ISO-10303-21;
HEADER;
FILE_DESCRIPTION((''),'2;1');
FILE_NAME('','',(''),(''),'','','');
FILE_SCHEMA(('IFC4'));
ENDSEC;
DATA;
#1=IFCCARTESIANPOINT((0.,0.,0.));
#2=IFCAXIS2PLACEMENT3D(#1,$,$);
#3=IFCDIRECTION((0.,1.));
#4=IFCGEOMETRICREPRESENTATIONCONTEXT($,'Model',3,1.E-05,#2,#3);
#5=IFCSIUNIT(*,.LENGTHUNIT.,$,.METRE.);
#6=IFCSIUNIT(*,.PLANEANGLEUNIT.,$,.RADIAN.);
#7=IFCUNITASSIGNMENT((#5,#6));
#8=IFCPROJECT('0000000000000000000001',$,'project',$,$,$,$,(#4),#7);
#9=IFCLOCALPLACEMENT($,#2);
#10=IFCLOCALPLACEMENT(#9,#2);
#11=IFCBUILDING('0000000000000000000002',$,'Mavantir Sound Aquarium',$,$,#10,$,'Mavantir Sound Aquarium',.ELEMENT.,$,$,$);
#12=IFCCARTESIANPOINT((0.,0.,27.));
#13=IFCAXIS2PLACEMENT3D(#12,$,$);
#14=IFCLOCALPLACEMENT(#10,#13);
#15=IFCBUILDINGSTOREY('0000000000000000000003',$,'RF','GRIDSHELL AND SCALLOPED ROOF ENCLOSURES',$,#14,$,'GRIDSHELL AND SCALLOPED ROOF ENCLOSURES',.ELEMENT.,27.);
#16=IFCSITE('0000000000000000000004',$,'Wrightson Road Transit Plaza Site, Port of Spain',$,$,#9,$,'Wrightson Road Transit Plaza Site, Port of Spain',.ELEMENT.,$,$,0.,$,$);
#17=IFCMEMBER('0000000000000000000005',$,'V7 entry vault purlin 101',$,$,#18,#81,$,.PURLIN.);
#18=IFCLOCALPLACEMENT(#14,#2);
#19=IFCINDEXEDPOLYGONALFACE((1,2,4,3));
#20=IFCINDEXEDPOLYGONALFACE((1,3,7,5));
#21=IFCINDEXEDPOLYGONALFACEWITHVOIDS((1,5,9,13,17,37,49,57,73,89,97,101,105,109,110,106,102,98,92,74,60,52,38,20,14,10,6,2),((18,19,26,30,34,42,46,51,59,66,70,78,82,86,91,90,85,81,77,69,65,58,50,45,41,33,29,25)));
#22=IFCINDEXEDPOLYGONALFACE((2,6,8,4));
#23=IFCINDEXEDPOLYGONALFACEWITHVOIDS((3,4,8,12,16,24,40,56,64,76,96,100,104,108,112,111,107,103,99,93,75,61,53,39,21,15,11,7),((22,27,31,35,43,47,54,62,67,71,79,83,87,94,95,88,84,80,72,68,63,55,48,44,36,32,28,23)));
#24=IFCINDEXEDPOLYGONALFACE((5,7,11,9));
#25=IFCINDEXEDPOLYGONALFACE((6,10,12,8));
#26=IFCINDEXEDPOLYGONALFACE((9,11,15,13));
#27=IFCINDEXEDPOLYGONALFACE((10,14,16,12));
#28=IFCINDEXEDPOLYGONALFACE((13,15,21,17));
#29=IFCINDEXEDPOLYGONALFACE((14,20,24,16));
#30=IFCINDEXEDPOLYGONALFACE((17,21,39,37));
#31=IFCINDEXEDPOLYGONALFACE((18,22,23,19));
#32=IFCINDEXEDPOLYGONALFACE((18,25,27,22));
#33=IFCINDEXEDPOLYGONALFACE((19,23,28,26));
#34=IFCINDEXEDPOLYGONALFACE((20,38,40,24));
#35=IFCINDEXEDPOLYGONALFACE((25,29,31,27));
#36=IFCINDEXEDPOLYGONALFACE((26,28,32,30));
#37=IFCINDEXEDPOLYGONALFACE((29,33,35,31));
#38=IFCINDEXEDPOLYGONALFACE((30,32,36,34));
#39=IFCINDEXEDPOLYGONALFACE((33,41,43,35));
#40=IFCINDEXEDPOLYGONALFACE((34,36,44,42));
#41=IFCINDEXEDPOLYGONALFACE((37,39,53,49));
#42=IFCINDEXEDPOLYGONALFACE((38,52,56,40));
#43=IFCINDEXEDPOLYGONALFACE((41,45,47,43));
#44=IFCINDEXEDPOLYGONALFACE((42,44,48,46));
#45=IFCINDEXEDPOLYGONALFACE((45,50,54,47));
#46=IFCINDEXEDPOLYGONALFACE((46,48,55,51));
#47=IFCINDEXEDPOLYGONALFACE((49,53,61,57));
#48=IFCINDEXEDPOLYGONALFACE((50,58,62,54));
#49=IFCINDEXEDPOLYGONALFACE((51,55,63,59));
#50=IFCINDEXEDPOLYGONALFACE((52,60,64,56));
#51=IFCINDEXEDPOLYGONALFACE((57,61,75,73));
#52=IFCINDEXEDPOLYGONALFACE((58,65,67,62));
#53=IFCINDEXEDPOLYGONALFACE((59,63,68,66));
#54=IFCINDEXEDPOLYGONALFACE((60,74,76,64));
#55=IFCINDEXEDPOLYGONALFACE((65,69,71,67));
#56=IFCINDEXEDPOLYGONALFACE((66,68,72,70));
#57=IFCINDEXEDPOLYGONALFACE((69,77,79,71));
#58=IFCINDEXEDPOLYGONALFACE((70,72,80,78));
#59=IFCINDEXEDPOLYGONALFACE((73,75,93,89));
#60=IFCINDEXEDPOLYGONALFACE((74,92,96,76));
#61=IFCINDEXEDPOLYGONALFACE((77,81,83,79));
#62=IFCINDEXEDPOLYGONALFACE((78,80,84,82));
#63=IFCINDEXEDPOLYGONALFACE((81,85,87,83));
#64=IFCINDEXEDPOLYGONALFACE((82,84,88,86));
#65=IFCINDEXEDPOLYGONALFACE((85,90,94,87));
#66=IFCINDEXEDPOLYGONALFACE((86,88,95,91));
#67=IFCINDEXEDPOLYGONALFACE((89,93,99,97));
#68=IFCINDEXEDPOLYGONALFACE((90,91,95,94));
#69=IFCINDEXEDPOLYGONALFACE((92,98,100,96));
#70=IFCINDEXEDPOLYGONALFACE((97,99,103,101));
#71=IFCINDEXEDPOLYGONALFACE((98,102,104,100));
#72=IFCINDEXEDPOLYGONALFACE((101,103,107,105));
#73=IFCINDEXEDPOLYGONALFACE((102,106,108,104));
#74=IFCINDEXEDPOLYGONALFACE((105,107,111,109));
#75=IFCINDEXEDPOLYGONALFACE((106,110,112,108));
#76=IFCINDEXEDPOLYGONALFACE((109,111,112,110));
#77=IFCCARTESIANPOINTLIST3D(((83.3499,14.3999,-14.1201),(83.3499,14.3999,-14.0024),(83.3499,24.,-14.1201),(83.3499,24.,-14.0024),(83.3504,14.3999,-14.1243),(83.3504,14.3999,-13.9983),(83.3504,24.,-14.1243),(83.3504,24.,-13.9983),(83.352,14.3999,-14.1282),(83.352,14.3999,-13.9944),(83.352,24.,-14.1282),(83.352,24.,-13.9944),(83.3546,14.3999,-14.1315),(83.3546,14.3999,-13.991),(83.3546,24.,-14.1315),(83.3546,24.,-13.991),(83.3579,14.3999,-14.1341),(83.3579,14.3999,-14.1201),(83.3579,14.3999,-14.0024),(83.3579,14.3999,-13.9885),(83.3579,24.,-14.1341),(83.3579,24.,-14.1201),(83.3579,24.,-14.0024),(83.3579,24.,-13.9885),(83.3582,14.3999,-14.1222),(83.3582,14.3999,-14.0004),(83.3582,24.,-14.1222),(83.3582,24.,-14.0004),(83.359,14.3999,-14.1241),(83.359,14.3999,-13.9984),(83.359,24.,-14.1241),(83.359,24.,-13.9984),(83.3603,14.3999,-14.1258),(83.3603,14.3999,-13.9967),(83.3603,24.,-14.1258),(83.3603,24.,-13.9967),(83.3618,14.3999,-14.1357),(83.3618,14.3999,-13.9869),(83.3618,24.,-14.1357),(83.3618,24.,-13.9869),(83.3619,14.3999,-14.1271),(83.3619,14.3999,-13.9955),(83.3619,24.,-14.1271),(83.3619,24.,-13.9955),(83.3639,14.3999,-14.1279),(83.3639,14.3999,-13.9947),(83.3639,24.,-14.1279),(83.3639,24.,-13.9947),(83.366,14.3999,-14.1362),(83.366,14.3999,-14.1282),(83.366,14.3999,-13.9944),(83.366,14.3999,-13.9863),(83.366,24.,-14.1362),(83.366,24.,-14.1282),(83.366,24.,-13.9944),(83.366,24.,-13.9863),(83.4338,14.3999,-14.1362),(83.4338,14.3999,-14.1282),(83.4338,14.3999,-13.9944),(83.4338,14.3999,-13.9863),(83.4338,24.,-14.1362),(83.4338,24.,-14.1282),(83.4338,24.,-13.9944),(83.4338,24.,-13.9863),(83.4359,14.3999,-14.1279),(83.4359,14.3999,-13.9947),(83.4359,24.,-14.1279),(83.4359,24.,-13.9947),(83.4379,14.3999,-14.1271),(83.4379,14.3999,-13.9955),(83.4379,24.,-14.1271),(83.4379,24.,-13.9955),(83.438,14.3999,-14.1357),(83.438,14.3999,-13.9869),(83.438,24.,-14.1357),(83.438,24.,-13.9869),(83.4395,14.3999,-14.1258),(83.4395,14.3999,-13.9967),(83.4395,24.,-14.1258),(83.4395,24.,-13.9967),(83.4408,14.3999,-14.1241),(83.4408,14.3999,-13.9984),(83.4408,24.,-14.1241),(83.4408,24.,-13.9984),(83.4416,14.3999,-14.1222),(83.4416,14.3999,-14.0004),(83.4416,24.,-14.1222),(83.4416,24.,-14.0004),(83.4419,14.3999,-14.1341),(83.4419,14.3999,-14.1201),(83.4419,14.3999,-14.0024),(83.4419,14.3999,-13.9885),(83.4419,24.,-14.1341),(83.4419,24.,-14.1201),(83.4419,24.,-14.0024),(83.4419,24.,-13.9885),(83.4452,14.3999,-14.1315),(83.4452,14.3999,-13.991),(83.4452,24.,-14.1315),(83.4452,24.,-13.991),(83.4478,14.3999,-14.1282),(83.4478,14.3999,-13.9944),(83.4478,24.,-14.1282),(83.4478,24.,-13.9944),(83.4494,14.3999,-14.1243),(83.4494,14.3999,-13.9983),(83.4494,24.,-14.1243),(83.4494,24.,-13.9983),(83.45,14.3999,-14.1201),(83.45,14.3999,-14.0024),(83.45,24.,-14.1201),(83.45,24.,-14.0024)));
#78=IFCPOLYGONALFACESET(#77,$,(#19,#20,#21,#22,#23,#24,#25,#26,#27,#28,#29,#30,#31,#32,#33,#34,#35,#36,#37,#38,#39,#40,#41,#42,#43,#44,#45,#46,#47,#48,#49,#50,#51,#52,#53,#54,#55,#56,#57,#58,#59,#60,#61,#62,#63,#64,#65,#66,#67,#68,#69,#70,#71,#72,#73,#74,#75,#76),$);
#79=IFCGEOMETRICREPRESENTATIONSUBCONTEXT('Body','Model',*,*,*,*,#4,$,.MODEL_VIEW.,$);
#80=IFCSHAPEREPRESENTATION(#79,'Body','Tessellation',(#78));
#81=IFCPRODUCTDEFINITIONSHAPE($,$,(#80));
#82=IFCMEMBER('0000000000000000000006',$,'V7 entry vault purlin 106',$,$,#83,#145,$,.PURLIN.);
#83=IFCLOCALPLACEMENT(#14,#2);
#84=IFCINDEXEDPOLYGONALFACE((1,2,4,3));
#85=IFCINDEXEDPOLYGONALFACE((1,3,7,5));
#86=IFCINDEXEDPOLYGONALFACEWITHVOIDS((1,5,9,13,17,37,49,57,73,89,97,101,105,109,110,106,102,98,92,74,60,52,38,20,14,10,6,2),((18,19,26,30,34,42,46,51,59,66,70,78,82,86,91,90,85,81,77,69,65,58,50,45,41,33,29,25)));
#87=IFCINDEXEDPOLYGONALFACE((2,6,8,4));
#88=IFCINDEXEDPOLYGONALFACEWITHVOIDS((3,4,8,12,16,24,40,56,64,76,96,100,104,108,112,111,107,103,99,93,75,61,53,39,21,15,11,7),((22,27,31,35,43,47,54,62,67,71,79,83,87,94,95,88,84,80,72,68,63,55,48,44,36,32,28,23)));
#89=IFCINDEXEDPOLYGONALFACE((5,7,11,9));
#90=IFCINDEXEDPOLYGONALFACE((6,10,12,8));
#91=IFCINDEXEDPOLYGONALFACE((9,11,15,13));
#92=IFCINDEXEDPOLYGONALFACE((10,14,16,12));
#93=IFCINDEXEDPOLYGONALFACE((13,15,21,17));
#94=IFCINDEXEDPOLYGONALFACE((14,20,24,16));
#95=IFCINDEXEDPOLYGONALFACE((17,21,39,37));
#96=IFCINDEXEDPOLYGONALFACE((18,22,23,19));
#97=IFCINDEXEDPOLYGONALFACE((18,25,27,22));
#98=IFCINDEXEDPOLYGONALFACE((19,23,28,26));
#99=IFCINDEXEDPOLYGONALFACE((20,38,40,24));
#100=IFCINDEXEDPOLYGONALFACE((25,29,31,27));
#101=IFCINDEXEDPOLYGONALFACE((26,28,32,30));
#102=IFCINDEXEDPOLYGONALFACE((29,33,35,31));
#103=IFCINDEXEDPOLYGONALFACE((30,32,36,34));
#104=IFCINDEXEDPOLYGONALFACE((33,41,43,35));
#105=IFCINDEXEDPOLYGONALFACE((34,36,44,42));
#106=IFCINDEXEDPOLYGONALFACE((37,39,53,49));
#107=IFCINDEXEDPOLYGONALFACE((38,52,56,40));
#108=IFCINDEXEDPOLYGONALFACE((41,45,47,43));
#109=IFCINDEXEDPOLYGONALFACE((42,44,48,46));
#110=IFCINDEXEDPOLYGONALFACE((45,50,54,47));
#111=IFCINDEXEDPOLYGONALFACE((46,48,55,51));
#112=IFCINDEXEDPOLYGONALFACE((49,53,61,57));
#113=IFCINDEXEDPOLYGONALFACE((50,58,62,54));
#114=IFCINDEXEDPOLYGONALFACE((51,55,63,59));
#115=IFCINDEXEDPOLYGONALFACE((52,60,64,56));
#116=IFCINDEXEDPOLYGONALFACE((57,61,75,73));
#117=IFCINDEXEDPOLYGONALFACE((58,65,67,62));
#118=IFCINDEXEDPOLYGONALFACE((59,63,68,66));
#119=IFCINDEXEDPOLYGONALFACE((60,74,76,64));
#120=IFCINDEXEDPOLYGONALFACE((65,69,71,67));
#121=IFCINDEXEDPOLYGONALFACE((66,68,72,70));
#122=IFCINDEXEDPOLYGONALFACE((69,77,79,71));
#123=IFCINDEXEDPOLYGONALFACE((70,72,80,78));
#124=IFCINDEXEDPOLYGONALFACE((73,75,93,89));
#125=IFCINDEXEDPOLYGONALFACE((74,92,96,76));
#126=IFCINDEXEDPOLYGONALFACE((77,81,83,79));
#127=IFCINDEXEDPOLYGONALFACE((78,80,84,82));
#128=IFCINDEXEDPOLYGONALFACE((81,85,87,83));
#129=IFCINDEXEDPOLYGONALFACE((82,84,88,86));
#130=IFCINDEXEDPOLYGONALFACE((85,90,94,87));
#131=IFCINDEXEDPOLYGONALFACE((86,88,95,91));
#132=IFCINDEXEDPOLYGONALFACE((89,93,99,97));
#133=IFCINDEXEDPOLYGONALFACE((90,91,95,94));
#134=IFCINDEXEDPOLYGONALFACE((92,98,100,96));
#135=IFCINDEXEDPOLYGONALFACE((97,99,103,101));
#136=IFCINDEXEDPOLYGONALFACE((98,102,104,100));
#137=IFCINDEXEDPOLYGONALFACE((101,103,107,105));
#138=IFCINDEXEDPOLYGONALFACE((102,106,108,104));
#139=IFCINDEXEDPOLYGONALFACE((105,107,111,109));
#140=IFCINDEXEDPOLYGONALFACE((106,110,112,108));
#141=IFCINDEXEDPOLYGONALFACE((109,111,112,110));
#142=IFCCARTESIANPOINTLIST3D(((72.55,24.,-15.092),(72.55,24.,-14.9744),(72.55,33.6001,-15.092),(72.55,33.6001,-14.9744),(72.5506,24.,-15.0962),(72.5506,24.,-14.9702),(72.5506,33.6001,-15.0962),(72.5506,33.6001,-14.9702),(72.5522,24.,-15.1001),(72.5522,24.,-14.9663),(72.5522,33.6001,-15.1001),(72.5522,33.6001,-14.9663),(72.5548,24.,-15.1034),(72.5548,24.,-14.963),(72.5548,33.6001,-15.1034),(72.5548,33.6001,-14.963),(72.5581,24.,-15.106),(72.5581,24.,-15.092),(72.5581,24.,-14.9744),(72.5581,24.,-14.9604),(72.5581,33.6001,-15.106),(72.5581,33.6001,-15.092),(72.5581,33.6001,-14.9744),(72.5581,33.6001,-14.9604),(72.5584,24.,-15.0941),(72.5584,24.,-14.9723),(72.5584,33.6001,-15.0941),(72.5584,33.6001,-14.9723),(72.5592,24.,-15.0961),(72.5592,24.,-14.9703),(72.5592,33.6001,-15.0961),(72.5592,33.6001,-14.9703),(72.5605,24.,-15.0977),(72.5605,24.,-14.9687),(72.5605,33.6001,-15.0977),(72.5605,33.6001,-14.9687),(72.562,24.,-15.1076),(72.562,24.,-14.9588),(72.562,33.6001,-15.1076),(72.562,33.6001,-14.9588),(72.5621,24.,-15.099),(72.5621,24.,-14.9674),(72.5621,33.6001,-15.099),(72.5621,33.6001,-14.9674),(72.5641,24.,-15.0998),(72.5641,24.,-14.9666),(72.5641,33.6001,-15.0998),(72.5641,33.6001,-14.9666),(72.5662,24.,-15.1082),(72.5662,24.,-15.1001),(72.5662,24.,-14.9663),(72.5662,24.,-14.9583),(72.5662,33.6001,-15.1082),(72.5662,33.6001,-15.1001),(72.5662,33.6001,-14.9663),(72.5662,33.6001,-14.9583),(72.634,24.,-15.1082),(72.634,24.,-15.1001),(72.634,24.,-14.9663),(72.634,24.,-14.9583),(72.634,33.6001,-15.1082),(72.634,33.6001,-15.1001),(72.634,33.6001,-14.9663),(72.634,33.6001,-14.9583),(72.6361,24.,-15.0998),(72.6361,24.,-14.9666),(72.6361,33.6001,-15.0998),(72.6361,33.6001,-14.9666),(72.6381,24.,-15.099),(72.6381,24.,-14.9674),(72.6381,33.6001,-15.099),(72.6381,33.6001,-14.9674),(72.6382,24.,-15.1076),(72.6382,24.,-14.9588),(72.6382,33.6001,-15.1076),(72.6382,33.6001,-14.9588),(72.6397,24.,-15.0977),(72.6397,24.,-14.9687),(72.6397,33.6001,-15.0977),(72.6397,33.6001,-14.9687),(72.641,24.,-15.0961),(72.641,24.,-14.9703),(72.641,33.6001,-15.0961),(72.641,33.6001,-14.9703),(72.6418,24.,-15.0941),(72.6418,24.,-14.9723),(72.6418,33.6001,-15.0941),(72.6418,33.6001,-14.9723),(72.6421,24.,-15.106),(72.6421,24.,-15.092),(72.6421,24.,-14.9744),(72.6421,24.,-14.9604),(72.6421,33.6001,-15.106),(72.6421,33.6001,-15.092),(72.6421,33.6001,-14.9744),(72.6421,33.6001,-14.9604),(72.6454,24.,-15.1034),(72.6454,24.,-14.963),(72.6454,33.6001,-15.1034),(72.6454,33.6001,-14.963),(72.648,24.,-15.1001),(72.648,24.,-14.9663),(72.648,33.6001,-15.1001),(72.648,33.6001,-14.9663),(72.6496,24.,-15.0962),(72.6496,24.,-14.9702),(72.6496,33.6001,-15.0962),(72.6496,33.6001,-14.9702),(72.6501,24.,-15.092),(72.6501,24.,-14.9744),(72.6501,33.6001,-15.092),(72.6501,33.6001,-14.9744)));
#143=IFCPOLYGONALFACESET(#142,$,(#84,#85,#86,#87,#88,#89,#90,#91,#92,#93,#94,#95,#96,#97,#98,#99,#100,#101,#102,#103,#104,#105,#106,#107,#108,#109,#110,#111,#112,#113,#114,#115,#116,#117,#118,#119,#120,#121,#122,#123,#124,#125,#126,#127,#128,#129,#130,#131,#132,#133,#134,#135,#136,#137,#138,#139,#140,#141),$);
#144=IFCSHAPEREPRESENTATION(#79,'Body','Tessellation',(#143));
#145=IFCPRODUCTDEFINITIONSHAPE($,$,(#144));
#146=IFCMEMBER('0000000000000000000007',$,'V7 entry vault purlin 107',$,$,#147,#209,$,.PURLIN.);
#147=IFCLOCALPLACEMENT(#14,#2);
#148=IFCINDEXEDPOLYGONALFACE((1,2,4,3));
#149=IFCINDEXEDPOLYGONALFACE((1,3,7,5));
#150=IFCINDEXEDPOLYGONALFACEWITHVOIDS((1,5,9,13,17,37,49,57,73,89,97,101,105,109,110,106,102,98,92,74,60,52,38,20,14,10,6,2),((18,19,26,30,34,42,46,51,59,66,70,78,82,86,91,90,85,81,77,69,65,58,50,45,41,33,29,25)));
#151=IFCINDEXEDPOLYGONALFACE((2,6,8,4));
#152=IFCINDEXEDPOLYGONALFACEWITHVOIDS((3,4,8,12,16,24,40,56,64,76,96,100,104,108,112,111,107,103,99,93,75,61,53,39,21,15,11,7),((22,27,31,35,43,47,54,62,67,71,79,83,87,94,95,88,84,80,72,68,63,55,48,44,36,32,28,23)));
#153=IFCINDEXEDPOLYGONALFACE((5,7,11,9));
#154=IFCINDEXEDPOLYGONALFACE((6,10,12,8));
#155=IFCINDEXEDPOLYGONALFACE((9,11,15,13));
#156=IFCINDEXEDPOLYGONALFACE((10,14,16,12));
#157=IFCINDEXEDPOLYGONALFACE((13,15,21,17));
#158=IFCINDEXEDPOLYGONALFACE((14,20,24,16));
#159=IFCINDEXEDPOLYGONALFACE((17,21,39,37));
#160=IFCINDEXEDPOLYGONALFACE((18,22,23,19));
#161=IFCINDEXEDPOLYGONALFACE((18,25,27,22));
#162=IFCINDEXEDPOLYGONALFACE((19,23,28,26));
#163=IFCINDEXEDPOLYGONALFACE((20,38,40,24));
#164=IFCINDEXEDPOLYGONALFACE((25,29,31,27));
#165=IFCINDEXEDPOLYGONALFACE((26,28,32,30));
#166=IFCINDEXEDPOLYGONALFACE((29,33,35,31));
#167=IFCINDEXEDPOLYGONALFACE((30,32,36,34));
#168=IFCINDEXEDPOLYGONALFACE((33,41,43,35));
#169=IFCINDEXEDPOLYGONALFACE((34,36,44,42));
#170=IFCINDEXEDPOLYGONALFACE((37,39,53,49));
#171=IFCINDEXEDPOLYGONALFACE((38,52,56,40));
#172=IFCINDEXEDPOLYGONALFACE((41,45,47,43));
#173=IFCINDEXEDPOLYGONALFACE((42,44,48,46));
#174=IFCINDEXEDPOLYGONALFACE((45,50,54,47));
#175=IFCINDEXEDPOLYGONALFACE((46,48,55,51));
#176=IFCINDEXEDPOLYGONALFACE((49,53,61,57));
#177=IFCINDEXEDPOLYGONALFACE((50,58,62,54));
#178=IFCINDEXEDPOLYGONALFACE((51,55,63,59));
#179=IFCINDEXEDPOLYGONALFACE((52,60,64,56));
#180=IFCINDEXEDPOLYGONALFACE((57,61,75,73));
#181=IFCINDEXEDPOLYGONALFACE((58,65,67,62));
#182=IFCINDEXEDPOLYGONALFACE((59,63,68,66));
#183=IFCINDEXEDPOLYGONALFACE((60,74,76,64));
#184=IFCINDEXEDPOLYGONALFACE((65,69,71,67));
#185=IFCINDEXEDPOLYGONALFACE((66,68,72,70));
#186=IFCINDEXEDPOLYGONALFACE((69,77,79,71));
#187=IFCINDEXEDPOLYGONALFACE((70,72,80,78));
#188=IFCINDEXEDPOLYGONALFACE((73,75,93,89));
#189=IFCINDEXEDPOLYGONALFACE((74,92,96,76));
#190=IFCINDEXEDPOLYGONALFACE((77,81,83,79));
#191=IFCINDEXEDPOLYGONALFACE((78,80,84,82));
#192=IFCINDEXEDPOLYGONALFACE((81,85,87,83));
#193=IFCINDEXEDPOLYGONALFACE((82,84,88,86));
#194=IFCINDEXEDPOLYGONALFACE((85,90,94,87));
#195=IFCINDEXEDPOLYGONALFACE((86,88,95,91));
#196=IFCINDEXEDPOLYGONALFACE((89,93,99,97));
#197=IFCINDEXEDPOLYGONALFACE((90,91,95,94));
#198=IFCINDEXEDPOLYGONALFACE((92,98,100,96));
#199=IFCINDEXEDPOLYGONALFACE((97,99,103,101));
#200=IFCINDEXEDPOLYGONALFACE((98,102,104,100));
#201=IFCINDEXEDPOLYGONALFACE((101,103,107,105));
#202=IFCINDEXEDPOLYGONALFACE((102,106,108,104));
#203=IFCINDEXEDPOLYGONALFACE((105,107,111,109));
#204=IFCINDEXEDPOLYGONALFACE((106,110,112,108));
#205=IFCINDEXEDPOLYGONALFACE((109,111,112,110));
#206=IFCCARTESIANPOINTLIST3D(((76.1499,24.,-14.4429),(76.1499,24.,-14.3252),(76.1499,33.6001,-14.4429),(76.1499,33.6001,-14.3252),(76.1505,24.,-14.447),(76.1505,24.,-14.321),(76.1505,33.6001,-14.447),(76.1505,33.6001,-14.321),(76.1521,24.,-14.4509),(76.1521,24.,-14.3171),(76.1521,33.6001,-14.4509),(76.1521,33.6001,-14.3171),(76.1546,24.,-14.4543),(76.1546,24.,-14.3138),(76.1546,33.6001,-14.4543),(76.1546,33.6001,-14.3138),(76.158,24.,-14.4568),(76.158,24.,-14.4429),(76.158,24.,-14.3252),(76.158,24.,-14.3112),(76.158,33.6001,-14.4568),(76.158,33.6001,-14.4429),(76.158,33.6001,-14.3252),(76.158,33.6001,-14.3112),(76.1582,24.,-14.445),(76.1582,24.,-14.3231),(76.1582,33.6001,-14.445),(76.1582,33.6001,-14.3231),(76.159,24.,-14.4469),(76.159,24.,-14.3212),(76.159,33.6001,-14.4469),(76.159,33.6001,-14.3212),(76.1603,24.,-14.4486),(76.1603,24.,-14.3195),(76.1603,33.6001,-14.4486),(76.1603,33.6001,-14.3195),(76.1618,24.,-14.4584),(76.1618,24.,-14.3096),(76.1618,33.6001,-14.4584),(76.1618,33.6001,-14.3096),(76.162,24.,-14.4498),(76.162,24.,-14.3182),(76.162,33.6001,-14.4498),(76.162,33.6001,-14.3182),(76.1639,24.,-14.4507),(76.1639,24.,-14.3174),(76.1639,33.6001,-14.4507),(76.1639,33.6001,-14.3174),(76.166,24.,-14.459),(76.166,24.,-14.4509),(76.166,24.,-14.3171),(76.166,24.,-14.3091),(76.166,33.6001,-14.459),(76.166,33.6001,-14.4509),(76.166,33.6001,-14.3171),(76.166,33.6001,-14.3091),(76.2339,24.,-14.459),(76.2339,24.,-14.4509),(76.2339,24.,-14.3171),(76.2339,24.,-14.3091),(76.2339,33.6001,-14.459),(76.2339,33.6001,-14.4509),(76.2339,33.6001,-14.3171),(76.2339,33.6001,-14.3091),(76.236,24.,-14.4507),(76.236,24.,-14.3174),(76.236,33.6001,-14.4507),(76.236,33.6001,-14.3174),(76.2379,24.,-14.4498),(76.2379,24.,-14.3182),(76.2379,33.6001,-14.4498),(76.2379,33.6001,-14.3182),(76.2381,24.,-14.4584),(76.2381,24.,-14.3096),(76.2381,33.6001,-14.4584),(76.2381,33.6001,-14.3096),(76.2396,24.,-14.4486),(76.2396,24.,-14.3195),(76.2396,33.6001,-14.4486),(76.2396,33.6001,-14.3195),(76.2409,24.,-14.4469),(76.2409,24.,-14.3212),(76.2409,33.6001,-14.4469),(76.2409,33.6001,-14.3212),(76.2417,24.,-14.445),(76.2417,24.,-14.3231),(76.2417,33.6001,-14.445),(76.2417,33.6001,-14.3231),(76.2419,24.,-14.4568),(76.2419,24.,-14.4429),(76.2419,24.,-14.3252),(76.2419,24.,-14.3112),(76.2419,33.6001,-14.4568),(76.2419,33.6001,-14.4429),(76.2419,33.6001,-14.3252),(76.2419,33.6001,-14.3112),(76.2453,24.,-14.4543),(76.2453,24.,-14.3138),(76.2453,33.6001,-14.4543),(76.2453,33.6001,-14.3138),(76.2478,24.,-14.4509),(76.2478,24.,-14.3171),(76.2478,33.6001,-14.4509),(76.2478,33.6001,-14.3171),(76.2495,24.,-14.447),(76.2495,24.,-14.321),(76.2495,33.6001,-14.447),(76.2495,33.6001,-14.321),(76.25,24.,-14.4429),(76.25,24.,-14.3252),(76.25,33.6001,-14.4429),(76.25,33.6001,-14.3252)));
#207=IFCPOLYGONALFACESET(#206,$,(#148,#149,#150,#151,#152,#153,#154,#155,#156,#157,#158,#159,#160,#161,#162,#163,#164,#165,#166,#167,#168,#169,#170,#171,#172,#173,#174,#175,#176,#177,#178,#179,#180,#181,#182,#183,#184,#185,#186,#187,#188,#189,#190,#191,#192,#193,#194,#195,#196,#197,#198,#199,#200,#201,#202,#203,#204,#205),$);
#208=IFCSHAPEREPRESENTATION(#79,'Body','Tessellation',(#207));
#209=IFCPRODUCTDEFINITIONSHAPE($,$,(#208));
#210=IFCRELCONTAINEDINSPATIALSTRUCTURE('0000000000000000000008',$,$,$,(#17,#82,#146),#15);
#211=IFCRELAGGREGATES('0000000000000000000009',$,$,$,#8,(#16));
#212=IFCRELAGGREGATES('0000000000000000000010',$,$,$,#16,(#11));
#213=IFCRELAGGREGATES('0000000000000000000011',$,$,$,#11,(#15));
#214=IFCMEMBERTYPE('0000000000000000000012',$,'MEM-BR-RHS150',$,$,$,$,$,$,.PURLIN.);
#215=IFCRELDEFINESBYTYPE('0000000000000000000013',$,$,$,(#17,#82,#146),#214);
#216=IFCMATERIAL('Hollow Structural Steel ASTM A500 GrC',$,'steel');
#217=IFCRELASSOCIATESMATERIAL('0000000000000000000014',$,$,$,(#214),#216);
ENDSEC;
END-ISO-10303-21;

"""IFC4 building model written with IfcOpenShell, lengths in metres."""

from ifc_helpers import new_model, si_unit, direction, frame, origin, origin_2d, place, context, subcontext, project, spatial, hollow_rectangle, extrude, material, material_profile, profile_set, type_object, element, save


model = new_model("IFC4")

# Units and contexts
model_context = context("Model", 3, precision=1e-05, world=origin(), true_north=direction((0.0, 1.0)))
body_context = subcontext(model_context, "Body", "Model", "MODEL_VIEW")
ifc_project = project(units=[si_unit("LENGTHUNIT", "METRE"), si_unit("PLANEANGLEUNIT", "RADIAN")], contexts=[model_context])

# Site, building, storey
site_placement = place(None, origin())
site = spatial("IfcSite", under=ifc_project, at=site_placement, Name="Wrightson Road Transit Plaza Site, Port of Spain", LongName="Wrightson Road Transit Plaza Site, Port of Spain", CompositionType="ELEMENT", RefElevation=0.0)
building_placement = place(site_placement, origin())
building = spatial("IfcBuilding", under=site, at=building_placement, Name="Mavantir Sound Aquarium", LongName="Mavantir Sound Aquarium", CompositionType="ELEMENT")
storey_placement = place(building_placement, frame((0.0, 0.0, 27.0)))
storey = spatial("IfcBuildingStorey", under=building, at=storey_placement, Name="RF", Description="GRIDSHELL AND SCALLOPED ROOF ENCLOSURES", LongName="GRIDSHELL AND SCALLOPED ROOF ENCLOSURES", CompositionType="ELEMENT", Elevation=27.0)

# Members
ifc_material_1 = material(Name="Hollow Structural Steel ASTM A500 GrC", Category="steel")
ifc_material_profile_1 = material_profile(ifc_material_1, hollow_rectangle(XDim=0.1001, YDim=0.1499, WallThickness=0.0081, InnerFilletRadius=0.0081, OuterFilletRadius=0.0161, at=origin_2d()), Name="RHS 150X100X8")
ifc_profile_set_1 = profile_set([ifc_material_profile_1], Name="Hollow Structural Steel ASTM A500 GrC")
member_type_1 = type_object("IfcMemberType", Name="MEM-BR-RHS150", PredefinedType="PURLIN", material=ifc_profile_set_1)
for number, where, z_axis, x_axis, name in (
    (1, (83.3999, 14.3999, -14.0613), (0.0, 1.0, 0.0), (-1.0, 0.0, 0.0), "V7 entry vault purlin 101"),
    (2, (72.6001, 24.0, -15.0332), (0.0, 1.0, 0.0), (-1.0, 0.0, 0.0), "V7 entry vault purlin 106"),
    (3, (76.2, 24.0, -14.384), (0.0, 1.0, 0.0), (-1.0, 0.0, 0.0), "V7 entry vault purlin 107"),
):
    element("IfcMember", number, at=place(storey_placement, frame(where, z_axis=z_axis, x_axis=x_axis)), inside=storey, type_object=member_type_1, Name=name, PredefinedType="PURLIN", context=body_context, shape_type="SweptSolid", body=[
        extrude(hollow_rectangle(XDim=0.1001, YDim=0.1499, WallThickness=0.0081, InnerFilletRadius=0.0081, OuterFilletRadius=0.0161, at=origin_2d()), origin(), (0.0, 0.0, 1.0), 9.6001),
    ])

save(model, "model.ifc")
